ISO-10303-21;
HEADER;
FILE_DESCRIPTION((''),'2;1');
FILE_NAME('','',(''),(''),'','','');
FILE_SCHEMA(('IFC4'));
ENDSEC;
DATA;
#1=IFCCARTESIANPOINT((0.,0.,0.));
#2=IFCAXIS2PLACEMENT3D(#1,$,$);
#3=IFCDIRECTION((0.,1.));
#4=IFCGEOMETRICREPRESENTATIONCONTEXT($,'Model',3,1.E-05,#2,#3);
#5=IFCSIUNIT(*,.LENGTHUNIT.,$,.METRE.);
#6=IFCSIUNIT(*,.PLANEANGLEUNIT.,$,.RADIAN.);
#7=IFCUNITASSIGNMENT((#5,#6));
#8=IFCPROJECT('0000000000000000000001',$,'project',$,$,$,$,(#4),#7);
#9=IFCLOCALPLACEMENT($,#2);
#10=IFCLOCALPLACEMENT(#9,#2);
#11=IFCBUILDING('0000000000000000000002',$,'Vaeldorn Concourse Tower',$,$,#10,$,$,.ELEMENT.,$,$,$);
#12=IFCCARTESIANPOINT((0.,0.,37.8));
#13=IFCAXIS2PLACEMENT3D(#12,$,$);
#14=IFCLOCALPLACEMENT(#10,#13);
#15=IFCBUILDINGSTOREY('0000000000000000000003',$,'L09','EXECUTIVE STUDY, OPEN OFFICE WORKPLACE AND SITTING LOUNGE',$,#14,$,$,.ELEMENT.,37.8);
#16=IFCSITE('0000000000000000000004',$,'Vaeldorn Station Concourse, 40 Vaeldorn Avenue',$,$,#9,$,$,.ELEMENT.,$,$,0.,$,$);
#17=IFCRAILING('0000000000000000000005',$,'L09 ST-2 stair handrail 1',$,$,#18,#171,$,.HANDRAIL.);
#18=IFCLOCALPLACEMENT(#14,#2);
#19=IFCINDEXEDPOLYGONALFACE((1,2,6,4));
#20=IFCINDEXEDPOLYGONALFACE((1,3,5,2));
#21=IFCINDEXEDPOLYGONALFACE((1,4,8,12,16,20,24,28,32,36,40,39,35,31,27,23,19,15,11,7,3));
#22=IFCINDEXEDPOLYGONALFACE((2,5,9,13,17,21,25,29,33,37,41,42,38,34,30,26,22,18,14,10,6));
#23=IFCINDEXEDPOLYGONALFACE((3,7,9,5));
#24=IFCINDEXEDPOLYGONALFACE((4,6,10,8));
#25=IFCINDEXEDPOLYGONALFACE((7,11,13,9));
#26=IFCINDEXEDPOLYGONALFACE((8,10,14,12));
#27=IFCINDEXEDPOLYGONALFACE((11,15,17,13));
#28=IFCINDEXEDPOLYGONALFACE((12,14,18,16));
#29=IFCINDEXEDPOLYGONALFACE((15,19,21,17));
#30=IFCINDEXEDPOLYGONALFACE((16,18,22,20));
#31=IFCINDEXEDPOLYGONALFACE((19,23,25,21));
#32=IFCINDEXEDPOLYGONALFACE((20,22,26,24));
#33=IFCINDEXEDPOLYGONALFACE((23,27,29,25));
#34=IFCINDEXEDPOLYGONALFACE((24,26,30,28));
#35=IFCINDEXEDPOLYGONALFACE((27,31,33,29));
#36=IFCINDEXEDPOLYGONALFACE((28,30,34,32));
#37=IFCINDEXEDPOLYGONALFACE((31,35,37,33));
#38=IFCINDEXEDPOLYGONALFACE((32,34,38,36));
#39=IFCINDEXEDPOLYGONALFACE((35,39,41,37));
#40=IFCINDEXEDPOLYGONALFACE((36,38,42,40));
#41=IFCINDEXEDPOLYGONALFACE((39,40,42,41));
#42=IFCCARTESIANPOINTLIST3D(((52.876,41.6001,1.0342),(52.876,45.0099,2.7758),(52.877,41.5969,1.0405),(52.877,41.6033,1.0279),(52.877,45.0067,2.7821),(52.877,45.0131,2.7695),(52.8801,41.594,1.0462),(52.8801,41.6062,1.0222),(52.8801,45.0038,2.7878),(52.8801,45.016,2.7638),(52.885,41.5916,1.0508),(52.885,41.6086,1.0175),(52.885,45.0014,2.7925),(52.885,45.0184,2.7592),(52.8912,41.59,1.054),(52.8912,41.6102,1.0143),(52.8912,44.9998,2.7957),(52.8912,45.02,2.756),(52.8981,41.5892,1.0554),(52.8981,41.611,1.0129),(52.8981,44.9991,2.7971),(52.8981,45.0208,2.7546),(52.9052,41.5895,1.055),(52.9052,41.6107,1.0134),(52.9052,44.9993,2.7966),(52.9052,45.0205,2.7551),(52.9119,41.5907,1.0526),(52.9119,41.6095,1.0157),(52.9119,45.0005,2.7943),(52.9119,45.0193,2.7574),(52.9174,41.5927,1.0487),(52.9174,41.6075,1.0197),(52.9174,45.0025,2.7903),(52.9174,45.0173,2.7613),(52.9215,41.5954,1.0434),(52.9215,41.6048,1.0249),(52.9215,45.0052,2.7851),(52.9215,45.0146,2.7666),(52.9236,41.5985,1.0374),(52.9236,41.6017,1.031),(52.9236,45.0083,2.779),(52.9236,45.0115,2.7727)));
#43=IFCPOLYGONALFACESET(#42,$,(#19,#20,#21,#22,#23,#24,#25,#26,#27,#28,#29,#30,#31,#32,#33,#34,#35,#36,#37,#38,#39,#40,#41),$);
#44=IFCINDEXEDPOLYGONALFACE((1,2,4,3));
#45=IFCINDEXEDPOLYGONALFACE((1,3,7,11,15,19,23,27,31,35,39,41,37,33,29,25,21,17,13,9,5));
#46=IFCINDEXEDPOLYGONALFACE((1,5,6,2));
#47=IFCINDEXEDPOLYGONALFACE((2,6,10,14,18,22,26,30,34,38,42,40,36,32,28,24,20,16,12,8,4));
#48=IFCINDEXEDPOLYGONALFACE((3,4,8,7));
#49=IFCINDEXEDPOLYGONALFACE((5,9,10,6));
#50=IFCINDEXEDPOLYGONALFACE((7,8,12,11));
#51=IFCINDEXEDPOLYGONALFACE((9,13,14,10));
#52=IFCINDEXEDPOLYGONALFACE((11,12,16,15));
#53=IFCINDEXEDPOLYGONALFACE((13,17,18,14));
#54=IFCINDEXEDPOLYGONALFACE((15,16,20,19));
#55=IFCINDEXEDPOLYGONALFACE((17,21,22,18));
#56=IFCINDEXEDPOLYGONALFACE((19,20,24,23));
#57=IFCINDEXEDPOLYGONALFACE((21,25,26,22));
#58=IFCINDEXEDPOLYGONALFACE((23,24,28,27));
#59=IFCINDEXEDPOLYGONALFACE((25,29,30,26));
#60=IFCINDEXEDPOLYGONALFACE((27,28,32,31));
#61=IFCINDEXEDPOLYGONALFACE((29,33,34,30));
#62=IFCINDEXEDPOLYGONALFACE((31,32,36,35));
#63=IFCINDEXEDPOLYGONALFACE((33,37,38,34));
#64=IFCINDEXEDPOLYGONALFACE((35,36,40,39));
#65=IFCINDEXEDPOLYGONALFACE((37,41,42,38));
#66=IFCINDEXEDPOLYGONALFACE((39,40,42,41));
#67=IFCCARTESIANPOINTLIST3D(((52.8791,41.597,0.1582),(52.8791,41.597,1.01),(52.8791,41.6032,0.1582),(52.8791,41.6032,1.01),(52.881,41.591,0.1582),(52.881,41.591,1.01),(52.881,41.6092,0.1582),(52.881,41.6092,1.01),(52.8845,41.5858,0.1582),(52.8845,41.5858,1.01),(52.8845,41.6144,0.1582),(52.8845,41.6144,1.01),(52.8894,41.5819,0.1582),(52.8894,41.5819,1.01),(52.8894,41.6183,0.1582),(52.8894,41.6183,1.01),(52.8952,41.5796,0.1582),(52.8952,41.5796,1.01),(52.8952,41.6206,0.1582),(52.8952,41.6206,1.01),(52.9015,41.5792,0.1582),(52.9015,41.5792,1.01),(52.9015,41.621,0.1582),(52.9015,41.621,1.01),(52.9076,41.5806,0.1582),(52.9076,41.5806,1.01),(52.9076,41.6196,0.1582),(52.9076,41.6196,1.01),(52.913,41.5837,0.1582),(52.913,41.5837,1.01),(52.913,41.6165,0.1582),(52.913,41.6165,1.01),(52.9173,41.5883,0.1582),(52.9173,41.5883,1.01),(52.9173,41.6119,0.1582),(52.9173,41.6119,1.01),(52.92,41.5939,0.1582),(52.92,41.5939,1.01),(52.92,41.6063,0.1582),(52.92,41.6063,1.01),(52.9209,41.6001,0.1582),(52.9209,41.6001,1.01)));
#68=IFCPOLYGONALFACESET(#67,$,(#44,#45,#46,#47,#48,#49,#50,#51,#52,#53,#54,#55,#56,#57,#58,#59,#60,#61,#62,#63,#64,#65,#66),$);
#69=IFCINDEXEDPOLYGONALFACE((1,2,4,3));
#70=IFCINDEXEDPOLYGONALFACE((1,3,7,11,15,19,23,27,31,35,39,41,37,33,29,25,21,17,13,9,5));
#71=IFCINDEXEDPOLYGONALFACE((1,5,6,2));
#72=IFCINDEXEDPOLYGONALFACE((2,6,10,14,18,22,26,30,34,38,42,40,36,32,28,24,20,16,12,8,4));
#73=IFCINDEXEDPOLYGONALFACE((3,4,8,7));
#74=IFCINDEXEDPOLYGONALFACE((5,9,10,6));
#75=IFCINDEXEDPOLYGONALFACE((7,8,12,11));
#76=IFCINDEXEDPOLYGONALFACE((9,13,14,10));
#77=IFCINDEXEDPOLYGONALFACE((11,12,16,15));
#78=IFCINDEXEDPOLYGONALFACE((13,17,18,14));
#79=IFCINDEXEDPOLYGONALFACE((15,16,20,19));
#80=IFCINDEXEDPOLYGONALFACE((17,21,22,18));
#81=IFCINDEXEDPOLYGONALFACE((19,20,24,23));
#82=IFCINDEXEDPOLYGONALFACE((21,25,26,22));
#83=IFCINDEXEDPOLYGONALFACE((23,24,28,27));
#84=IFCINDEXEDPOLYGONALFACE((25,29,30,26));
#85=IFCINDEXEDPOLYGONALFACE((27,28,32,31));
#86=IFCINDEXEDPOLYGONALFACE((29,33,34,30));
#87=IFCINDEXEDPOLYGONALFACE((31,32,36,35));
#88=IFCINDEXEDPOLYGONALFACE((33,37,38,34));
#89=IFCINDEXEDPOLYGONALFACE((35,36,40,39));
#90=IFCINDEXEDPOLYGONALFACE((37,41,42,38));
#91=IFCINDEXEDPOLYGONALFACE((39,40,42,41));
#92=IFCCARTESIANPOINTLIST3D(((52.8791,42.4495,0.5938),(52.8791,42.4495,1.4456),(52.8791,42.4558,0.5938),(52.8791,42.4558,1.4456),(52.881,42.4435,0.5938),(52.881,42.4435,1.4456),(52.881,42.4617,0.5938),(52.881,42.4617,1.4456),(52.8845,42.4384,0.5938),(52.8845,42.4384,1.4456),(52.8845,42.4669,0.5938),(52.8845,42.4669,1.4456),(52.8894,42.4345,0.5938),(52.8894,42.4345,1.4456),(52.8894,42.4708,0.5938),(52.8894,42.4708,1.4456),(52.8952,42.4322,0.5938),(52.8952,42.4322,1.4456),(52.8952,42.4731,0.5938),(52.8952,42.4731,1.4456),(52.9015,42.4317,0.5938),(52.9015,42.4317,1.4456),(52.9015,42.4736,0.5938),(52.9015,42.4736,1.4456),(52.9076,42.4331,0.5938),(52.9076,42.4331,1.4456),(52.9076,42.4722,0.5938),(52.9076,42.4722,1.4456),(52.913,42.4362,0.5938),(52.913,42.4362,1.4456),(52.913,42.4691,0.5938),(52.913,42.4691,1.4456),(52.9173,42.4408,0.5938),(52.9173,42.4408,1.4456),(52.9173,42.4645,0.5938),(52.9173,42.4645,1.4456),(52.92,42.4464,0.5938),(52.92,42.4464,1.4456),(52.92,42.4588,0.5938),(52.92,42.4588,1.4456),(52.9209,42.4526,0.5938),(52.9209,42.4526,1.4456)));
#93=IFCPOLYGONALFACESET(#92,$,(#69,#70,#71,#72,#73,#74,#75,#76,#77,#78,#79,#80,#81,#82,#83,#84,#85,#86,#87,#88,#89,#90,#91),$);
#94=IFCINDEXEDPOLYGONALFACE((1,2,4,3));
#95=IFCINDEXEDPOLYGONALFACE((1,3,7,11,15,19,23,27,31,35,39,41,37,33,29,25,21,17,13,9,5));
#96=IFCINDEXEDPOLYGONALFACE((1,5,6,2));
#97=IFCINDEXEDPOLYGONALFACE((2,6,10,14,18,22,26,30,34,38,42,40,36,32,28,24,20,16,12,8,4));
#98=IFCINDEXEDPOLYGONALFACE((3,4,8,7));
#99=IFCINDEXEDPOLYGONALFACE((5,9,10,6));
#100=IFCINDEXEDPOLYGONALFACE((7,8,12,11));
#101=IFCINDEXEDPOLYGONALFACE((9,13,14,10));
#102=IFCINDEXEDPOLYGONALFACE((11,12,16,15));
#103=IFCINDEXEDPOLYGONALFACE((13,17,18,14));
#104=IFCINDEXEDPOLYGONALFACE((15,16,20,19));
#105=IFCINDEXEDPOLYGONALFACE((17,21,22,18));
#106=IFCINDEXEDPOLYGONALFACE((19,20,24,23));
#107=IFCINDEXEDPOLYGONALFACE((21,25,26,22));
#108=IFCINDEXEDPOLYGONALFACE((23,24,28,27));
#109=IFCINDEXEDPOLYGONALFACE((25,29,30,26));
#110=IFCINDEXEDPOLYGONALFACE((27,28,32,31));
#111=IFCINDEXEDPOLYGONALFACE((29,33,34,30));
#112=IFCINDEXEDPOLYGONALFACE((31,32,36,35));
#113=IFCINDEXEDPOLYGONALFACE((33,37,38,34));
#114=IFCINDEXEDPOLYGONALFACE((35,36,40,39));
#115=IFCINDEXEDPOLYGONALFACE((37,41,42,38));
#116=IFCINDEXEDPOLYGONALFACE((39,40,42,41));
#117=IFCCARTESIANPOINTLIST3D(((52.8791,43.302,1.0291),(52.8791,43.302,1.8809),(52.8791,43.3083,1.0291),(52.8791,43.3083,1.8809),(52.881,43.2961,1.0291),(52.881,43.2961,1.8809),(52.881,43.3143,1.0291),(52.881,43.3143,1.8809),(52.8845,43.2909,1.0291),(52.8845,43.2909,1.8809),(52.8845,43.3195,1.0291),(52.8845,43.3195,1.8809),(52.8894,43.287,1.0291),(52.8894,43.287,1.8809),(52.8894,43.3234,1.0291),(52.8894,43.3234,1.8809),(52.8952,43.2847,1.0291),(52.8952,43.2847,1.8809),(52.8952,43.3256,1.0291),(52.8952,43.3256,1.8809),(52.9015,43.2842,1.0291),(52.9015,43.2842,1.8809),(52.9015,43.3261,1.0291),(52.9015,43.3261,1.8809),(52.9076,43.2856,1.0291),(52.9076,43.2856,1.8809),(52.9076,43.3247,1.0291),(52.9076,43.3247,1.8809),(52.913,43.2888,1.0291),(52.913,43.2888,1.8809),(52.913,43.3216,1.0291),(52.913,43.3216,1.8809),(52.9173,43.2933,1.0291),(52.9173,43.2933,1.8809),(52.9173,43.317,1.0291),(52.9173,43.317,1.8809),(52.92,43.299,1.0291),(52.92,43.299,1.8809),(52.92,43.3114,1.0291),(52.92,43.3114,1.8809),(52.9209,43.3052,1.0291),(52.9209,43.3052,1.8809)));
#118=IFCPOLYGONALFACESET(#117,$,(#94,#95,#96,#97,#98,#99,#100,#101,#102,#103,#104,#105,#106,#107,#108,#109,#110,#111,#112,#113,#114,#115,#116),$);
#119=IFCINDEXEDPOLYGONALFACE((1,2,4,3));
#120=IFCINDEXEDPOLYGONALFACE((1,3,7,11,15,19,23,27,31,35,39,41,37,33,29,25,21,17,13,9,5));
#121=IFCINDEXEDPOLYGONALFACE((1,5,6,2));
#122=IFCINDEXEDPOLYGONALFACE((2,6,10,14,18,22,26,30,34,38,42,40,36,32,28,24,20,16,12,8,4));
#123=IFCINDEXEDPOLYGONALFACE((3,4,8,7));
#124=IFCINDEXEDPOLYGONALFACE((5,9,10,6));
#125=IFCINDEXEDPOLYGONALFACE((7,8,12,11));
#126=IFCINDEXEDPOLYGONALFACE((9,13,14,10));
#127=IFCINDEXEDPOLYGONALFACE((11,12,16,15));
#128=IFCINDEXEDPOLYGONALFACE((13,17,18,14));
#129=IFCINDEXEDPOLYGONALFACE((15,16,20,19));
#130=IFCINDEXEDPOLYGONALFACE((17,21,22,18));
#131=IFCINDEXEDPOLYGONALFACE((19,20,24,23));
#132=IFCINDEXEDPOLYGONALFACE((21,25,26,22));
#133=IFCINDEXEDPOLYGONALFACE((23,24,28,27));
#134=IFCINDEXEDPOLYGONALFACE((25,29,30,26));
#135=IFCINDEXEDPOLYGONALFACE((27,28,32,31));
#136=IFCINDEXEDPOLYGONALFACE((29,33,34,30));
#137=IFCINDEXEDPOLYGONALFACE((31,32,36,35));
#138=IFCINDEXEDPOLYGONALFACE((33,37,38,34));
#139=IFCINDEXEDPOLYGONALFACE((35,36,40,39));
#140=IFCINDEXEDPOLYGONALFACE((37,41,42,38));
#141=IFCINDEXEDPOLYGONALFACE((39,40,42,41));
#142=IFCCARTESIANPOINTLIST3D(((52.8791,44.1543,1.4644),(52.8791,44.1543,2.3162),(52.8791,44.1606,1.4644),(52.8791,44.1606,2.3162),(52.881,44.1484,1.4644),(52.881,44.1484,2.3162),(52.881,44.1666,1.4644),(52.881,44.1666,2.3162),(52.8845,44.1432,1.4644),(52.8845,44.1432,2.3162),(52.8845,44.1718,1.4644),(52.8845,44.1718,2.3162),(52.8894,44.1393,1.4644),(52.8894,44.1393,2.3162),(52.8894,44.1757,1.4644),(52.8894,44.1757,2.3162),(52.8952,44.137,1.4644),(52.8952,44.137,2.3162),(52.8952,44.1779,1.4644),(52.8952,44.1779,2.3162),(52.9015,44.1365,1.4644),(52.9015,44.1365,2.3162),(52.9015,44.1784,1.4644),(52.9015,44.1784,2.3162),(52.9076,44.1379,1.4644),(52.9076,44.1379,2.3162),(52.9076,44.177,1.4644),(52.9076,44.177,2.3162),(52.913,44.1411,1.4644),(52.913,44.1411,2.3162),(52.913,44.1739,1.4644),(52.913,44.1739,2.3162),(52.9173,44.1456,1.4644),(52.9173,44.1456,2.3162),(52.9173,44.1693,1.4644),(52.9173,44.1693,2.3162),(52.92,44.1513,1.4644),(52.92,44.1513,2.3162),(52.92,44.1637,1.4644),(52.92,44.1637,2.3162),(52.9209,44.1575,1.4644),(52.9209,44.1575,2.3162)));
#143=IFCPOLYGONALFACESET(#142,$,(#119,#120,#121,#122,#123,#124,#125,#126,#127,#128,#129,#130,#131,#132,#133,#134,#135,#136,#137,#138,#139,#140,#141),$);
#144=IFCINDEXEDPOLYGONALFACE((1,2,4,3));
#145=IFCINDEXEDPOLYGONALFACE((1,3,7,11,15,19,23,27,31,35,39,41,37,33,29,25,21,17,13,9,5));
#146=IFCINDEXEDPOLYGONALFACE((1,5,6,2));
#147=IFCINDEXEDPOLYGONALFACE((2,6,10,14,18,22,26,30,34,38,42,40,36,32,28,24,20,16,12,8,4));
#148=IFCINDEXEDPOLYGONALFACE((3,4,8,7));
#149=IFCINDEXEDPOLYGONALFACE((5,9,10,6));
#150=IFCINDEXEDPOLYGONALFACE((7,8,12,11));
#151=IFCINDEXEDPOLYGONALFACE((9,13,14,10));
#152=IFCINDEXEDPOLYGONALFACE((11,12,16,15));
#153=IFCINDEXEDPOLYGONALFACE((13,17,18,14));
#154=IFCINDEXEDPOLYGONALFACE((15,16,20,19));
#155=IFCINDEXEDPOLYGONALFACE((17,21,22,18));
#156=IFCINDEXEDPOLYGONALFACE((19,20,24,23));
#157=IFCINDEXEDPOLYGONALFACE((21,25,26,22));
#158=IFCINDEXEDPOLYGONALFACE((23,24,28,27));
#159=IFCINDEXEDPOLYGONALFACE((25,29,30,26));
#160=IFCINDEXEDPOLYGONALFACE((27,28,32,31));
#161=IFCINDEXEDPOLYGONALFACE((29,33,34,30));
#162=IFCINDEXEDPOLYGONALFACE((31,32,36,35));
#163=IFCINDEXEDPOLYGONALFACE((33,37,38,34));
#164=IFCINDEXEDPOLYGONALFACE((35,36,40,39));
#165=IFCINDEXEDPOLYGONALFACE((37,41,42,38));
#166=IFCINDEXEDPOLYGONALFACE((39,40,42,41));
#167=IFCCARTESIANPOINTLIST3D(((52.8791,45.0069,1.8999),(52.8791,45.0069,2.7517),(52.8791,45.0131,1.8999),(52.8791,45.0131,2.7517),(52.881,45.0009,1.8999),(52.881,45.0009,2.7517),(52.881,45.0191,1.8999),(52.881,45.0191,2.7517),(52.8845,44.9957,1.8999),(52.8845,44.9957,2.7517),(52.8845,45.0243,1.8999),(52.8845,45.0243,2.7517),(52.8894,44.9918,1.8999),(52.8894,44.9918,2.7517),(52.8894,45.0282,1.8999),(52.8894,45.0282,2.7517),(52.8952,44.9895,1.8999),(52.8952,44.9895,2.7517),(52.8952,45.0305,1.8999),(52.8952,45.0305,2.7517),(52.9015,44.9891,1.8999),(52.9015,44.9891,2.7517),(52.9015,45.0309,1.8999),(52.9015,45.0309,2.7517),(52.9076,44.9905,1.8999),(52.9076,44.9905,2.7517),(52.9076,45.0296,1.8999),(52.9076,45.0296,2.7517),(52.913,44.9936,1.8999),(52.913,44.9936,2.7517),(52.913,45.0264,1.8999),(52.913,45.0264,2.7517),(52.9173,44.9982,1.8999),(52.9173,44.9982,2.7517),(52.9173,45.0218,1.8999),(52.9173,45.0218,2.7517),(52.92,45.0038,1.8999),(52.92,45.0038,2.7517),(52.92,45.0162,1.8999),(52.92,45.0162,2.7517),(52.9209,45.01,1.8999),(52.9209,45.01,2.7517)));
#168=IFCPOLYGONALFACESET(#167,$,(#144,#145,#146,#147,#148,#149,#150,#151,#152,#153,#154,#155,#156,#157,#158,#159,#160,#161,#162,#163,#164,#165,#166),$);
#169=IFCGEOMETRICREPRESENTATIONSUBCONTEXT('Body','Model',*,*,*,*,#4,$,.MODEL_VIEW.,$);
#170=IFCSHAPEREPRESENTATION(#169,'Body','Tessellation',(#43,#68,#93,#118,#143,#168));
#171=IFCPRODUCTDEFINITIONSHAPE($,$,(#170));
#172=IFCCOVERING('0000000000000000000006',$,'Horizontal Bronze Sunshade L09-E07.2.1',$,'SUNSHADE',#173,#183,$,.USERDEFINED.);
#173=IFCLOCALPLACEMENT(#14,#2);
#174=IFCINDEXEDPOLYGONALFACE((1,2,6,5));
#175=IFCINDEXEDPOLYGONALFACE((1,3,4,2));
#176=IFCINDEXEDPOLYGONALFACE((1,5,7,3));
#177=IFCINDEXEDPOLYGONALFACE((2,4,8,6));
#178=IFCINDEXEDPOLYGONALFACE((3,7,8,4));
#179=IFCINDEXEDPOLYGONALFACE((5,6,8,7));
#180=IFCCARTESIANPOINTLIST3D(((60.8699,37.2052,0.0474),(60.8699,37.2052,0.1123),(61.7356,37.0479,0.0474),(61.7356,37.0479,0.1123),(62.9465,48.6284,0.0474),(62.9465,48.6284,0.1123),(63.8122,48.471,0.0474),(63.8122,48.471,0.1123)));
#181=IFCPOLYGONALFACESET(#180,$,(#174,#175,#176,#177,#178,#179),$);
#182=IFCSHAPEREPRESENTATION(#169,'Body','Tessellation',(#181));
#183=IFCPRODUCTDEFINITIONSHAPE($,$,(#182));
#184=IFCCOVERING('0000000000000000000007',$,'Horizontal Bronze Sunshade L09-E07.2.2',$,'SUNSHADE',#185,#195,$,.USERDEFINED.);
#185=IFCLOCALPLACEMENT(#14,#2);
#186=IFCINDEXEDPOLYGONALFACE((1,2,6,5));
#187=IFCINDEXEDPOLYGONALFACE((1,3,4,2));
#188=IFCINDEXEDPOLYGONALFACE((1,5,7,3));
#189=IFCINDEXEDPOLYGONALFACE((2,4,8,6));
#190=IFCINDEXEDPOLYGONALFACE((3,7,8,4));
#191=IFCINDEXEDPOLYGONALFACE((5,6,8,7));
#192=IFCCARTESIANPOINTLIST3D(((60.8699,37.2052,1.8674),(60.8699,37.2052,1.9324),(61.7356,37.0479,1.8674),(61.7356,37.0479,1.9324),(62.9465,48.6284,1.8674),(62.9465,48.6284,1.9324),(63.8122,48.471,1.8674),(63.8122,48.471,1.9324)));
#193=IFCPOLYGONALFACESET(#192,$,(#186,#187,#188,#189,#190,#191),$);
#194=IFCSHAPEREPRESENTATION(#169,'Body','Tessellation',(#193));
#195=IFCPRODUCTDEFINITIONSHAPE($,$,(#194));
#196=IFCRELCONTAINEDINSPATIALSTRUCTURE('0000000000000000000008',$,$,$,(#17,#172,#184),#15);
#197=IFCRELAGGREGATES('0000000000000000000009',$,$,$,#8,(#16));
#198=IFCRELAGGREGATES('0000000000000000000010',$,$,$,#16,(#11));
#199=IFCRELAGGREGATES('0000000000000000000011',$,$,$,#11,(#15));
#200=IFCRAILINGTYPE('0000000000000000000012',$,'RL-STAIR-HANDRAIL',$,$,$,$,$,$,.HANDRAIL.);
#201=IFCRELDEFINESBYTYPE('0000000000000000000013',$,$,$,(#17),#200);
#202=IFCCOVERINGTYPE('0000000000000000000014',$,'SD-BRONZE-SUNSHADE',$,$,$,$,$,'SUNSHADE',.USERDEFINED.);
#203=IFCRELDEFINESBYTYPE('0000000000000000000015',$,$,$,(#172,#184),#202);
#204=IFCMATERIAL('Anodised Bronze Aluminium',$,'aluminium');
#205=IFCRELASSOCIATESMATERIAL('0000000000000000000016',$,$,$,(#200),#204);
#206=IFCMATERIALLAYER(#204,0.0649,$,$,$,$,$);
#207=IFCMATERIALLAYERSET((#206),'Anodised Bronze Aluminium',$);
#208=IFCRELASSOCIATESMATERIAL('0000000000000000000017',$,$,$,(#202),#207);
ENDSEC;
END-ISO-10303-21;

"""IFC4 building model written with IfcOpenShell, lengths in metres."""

from ifc_helpers import new_model, si_unit, direction, frame, origin, origin_2d, place, context, subcontext, project, spatial, rectangle, circle, extrude, source, transform, mapped, material, layer, layer_set, type_object, element, save


model = new_model("IFC4")

# Units and contexts
model_context = context("Model", 3, precision=1e-05, world=origin(), true_north=direction((0.0, 1.0)))
body_context = subcontext(model_context, "Body", "Model", "MODEL_VIEW")
ifc_project = project(units=[si_unit("LENGTHUNIT", "METRE"), si_unit("PLANEANGLEUNIT", "RADIAN")], contexts=[model_context])

# Site, building, storey
site_placement = place(None, origin())
site = spatial("IfcSite", under=ifc_project, at=site_placement, Name="Vaeldorn Station Concourse, 40 Vaeldorn Avenue", CompositionType="ELEMENT", RefElevation=0.0)
building_placement = place(site_placement, origin())
building = spatial("IfcBuilding", under=site, at=building_placement, Name="Vaeldorn Concourse Tower", CompositionType="ELEMENT")
storey_placement = place(building_placement, frame((0.0, 0.0, 37.8)))
storey = spatial("IfcBuildingStorey", under=building, at=storey_placement, Name="L09", Description="EXECUTIVE STUDY, OPEN OFFICE WORKPLACE AND SITTING LOUNGE", CompositionType="ELEMENT", Elevation=37.8)

# Shared definitions
ifc_material_1 = material(Name="Anodised Bronze Aluminium", Category="aluminium")

# Railing
railing_type_1 = type_object("IfcRailingType", Name="RL-STAIR-HANDRAIL", PredefinedType="HANDRAIL", material=ifc_material_1)
railing_1_placement = place(storey_placement, frame((52.8999, 41.6001, 0.1582)))
element("IfcRailing", 1, at=railing_1_placement, inside=storey, type_object=railing_type_1, Name="L09 ST-2 stair handrail 1", PredefinedType="HANDRAIL", context=body_context, shape_type="SweptSolid", body=[
    extrude(circle(Radius=0.0239, at=origin_2d()), frame((0.0, 0.0, 0.876), z_axis=(0.0, 0.890556, 0.454874), x_axis=(-1.0, 0.0, 0.0)), (0.0, 0.0, 1.0), 3.8289),
    extrude(circle(Radius=0.021, at=origin_2d()), origin(), (0.0, 0.0, 1.0), 0.8518),
    extrude(circle(Radius=0.021, at=origin_2d()), frame((0.0, 0.8525, 0.4355)), (0.0, 0.0, 1.0), 0.8518),
    extrude(circle(Radius=0.021, at=origin_2d()), frame((0.0, 1.7051, 0.8708)), (0.0, 0.0, 1.0), 0.8518),
    extrude(circle(Radius=0.021, at=origin_2d()), frame((0.0, 2.5574, 1.3062)), (0.0, 0.0, 1.0), 0.8518),
    extrude(circle(Radius=0.021, at=origin_2d()), frame((0.0, 3.4099, 1.7417)), (0.0, 0.0, 1.0), 0.8518),
])

# Coverings
ifc_layer_1 = layer(ifc_material_1, 0.0649)
ifc_layer_set_1 = layer_set([ifc_layer_1], Name="Anodised Bronze Aluminium")
covering_type = type_object("IfcCoveringType", Name="SD-BRONZE-SUNSHADE", ElementType="SUNSHADE", PredefinedType="USERDEFINED", material=ifc_layer_set_1)
shared_shape_1 = source(origin(), body_context, "Body", "SweptSolid", [
    extrude(rectangle(XDim=11.6104, YDim=0.8799, at=origin_2d()), origin(), (0.0, 0.0, 1.0), 0.0649),
])
for number, where, z_axis, x_axis, name in (
    (2, (62.3411, 42.8381, 0.0474), (0.0, 0.0, 1.0), (0.178854, 0.983876, 0.0), "Horizontal Bronze Sunshade L09-E07.2.1"),
    (3, (62.3411, 42.8381, 1.8674), (0.0, 0.0, 1.0), (0.178854, 0.983876, 0.0), "Horizontal Bronze Sunshade L09-E07.2.2"),
):
    element("IfcCovering", number, at=place(storey_placement, frame(where, z_axis=z_axis, x_axis=x_axis)), inside=storey, type_object=covering_type, Name=name, ObjectType="SUNSHADE", PredefinedType="USERDEFINED", context=body_context, shape_type="MappedRepresentation", body=[
        mapped(shared_shape_1, transform((0.0, 0.0, 0.0), scale=1.0)),
    ])

save(model, "model.ifc")
